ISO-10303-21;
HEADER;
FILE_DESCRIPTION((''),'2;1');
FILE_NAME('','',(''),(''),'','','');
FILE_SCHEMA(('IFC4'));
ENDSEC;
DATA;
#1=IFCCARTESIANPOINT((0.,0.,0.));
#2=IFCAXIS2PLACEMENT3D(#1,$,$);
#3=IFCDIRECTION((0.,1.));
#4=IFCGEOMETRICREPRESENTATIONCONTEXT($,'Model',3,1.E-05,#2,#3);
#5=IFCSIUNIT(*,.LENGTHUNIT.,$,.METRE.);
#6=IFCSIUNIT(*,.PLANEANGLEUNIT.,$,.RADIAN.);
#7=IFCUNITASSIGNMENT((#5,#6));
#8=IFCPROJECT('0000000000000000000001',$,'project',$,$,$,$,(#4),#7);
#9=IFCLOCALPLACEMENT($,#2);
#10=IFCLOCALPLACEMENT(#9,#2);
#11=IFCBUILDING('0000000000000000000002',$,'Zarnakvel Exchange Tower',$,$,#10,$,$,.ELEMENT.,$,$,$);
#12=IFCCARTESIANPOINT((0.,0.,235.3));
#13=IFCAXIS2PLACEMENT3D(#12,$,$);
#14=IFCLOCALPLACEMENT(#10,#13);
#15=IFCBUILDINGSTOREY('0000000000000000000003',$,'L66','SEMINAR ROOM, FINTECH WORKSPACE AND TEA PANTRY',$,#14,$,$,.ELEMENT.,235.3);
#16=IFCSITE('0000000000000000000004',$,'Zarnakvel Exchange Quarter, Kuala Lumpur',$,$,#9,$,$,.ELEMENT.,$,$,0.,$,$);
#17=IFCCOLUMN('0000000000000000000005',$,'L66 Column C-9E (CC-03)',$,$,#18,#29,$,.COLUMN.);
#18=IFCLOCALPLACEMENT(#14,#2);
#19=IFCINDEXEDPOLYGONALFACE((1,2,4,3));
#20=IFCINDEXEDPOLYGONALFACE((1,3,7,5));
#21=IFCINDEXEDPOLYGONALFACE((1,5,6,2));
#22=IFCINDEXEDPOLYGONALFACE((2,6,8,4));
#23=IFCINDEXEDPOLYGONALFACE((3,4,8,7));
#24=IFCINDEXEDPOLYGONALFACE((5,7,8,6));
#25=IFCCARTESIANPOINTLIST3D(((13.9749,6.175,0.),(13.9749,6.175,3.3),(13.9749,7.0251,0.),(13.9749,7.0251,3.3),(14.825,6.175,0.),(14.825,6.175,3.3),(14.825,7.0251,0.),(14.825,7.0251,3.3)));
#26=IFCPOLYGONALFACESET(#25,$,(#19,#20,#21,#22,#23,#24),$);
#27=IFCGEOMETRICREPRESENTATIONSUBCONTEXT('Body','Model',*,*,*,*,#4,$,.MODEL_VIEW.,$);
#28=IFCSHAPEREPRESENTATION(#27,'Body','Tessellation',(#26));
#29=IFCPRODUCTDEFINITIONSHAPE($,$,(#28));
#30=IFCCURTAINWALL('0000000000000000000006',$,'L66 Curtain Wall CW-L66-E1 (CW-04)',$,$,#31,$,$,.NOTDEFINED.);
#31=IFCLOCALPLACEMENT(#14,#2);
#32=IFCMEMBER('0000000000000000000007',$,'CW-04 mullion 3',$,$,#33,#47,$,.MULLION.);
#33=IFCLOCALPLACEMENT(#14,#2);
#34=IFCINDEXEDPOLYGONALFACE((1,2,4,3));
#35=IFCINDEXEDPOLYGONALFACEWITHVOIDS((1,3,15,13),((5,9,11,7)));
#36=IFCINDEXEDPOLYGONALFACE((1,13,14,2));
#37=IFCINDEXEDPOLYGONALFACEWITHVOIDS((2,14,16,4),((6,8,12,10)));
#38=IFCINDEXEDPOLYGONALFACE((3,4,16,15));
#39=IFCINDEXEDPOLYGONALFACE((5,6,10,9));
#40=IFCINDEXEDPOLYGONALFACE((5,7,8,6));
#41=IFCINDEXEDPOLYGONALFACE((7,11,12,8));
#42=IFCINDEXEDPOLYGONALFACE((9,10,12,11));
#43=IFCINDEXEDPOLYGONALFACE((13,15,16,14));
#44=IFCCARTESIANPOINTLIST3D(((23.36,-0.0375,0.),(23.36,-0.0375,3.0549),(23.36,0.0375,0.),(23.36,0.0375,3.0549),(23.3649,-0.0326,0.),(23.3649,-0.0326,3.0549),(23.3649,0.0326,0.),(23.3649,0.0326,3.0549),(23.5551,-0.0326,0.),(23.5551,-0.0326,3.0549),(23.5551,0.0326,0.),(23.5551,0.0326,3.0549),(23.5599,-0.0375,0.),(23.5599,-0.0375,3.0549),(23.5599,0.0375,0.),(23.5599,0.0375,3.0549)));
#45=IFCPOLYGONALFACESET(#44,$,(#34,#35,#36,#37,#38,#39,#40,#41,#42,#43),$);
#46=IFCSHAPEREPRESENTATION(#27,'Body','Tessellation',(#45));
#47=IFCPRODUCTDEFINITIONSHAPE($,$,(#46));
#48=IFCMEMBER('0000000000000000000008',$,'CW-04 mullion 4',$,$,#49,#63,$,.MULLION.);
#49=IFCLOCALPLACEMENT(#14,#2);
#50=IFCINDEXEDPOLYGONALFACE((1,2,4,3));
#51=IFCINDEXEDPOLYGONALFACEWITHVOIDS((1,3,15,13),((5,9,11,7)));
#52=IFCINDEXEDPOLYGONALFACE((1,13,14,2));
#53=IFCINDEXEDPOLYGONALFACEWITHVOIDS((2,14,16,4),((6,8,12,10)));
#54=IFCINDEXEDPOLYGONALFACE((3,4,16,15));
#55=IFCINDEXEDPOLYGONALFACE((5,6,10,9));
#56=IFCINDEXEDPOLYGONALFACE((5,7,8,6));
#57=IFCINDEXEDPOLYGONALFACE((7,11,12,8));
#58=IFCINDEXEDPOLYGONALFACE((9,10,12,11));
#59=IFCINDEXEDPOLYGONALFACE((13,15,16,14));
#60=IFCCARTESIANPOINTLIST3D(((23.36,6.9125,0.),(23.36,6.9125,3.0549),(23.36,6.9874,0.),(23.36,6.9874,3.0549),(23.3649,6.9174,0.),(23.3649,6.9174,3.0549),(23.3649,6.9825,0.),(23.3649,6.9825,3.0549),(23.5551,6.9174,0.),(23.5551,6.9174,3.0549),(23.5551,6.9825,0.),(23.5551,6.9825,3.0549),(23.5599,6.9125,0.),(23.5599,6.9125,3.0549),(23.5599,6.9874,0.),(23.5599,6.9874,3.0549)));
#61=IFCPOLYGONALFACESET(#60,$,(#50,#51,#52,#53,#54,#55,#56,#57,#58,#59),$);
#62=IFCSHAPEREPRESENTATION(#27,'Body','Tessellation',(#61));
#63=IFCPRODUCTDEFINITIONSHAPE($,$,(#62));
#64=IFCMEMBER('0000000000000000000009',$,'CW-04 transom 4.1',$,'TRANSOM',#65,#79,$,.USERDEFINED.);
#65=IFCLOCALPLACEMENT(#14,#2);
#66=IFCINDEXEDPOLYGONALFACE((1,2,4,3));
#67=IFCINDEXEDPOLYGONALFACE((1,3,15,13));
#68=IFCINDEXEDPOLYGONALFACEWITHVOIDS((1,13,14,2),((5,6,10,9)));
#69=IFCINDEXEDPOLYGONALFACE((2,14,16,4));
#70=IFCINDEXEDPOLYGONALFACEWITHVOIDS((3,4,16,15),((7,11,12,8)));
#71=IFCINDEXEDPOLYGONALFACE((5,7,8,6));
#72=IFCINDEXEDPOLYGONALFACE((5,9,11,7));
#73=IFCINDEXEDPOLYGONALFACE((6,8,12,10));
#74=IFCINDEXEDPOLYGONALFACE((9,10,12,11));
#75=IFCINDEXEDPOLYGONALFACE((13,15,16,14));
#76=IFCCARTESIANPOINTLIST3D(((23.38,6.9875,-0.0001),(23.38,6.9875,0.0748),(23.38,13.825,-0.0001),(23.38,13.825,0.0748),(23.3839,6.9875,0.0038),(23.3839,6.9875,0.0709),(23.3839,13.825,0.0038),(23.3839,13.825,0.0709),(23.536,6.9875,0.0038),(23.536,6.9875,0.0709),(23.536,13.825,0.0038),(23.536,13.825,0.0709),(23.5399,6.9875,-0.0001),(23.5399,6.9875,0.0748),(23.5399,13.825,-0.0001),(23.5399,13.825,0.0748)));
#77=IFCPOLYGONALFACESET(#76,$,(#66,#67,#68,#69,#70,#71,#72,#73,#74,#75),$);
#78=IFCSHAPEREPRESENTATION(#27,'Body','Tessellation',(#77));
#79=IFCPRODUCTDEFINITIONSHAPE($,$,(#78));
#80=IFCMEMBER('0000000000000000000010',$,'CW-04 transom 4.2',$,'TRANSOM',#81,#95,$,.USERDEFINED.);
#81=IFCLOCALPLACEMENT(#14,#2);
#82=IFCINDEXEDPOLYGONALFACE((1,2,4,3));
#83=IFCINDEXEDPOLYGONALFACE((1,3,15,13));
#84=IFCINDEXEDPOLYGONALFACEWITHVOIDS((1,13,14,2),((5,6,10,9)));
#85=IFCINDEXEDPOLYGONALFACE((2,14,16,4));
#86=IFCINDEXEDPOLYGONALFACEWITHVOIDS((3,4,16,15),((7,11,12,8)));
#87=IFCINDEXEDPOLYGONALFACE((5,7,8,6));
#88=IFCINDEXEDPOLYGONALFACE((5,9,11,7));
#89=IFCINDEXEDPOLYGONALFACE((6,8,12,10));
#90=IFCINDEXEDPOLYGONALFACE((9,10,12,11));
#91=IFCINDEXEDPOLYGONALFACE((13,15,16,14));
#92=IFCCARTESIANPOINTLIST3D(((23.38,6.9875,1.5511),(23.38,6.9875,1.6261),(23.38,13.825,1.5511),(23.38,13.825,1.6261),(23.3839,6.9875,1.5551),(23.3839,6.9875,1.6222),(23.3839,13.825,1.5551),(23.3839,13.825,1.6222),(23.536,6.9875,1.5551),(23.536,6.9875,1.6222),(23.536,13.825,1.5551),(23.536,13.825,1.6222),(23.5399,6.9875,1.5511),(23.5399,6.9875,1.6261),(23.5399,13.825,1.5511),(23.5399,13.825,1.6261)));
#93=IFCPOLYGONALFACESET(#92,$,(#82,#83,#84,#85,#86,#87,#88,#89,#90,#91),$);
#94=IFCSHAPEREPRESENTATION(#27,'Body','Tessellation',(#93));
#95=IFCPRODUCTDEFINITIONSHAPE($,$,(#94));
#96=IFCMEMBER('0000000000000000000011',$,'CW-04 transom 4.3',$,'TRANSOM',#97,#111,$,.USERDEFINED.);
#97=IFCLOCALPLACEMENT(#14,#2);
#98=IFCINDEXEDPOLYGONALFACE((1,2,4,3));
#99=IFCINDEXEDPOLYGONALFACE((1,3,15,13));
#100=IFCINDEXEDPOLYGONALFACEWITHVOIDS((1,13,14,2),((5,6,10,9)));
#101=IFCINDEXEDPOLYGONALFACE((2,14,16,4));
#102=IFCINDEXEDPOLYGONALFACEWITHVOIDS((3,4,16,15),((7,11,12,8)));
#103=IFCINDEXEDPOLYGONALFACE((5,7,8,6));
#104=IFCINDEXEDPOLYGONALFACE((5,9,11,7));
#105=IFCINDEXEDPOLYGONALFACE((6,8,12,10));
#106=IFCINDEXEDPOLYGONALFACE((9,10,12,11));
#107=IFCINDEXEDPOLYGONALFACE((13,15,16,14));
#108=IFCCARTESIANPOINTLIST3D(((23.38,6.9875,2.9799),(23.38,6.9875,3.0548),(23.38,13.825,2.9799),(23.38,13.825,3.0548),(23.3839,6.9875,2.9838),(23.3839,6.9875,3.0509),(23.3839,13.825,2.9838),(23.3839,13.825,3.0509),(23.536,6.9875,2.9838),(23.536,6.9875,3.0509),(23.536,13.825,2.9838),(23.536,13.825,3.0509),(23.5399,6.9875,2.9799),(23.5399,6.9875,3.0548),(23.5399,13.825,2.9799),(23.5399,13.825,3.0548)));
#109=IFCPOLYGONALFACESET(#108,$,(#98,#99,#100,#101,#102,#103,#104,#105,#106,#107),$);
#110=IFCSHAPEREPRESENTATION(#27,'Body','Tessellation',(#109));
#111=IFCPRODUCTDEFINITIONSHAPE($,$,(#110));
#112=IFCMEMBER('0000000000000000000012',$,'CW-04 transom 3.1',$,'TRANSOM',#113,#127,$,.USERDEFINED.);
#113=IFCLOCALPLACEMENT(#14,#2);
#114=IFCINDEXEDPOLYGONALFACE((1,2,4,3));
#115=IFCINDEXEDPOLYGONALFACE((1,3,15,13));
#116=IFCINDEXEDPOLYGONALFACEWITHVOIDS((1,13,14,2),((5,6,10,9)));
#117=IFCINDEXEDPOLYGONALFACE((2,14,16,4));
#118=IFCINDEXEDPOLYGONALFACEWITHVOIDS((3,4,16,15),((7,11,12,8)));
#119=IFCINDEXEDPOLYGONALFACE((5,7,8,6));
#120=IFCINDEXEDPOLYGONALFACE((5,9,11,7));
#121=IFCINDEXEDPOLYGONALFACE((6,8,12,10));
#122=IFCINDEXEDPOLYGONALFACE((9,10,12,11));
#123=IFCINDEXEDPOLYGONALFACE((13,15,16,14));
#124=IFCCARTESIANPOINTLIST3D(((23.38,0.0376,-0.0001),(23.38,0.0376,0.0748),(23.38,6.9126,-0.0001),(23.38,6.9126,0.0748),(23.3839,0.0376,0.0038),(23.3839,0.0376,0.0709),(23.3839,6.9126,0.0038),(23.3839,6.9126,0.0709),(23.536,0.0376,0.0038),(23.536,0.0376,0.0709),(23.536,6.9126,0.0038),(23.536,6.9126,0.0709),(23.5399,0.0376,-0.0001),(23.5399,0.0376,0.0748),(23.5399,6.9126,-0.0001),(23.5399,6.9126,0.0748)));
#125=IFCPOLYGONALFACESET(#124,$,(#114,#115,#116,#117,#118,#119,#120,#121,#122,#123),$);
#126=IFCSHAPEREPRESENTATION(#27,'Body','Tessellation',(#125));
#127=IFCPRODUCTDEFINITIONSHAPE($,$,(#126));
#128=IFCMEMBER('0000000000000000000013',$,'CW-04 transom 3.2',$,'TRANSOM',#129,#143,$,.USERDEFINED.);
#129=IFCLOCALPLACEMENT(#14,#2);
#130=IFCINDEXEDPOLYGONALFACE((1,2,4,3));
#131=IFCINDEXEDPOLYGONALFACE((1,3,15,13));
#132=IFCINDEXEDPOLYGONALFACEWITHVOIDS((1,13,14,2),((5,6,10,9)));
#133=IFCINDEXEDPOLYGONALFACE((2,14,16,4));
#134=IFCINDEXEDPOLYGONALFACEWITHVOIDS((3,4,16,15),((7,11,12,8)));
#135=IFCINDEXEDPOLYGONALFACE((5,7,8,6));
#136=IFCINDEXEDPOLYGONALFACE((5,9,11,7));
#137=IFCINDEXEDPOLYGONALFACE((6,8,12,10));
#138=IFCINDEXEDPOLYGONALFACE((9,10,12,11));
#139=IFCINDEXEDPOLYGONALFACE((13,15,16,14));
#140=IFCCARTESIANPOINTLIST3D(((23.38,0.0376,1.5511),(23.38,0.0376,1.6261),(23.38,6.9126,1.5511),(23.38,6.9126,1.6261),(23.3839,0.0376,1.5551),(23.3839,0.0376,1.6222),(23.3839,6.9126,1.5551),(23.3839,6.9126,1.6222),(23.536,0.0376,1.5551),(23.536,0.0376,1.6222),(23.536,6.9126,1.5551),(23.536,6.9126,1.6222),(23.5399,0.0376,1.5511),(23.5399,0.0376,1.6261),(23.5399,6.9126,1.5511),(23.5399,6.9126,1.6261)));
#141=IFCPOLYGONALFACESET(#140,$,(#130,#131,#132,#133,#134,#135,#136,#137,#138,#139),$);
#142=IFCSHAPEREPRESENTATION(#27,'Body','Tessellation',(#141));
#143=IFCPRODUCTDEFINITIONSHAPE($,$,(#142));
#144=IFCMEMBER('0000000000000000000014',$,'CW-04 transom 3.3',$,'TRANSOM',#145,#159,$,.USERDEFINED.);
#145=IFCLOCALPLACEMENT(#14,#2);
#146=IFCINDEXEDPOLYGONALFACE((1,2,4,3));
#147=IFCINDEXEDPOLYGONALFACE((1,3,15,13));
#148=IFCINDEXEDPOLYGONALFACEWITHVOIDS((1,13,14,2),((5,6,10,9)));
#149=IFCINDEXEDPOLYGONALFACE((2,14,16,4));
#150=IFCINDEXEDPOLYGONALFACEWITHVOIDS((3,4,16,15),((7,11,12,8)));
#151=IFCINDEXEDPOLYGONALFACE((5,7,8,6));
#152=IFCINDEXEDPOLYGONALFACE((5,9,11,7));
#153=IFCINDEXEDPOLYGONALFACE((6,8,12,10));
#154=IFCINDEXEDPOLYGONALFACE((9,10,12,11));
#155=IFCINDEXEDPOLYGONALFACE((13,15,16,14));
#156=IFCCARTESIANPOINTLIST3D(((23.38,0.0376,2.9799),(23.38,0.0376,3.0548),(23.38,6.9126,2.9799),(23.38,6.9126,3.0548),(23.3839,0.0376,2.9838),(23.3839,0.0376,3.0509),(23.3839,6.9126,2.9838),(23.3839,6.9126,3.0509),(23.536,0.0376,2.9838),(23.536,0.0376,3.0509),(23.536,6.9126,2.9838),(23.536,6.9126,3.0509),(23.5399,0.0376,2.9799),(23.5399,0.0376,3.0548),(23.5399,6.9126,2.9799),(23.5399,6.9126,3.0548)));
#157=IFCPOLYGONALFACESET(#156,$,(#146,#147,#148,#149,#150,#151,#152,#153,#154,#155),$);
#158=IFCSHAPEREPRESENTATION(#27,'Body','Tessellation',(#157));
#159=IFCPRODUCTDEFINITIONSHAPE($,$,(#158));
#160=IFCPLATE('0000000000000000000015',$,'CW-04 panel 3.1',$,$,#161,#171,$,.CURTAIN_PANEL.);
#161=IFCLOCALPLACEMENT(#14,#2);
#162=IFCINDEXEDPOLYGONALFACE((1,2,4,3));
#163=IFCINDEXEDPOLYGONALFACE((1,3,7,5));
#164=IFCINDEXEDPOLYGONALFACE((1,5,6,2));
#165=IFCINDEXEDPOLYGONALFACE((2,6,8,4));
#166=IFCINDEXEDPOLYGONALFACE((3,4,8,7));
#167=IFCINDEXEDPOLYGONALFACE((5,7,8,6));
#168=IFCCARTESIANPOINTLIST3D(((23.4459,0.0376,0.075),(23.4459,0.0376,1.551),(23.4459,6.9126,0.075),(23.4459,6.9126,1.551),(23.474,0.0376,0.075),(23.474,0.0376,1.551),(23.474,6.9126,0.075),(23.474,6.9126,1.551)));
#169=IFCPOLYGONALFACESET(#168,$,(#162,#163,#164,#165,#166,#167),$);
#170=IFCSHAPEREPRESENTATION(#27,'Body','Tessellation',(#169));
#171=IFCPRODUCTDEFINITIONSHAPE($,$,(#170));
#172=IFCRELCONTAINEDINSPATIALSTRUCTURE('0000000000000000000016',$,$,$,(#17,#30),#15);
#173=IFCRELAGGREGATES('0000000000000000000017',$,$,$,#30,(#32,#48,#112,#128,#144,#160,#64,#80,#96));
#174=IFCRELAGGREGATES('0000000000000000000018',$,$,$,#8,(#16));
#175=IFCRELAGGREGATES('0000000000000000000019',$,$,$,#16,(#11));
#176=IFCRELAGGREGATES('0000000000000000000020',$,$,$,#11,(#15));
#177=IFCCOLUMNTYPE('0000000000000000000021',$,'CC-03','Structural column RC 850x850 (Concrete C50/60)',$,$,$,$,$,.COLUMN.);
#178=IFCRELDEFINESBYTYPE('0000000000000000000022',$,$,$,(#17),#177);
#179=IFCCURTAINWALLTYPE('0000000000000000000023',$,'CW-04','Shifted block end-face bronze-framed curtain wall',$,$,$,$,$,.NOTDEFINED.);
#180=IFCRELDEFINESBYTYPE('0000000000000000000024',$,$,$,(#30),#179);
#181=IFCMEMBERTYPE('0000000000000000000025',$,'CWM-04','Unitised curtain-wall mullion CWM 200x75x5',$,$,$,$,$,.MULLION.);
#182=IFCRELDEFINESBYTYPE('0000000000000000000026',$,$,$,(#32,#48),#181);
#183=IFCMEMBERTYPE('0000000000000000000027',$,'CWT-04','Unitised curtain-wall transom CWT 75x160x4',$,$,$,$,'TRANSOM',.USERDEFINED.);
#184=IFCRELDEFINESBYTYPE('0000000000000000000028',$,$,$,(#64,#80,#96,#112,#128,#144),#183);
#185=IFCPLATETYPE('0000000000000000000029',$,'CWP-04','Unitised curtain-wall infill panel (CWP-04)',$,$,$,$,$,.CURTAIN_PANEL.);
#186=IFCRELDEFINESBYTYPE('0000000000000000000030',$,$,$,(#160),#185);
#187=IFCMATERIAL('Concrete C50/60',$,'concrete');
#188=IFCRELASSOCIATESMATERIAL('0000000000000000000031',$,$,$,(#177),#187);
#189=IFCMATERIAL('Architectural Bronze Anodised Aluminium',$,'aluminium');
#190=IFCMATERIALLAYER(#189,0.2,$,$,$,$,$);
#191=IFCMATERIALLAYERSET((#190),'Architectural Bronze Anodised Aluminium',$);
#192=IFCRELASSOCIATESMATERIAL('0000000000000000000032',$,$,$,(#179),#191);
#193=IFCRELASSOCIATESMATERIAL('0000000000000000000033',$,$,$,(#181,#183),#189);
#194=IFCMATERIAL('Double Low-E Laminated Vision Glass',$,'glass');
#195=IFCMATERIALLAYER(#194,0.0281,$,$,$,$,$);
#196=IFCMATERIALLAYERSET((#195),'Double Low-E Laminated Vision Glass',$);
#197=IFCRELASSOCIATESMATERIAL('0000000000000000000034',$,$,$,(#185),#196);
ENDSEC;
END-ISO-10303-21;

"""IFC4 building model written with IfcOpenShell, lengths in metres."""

from ifc_helpers import new_model, si_unit, direction, frame, origin, origin_2d, place, context, subcontext, project, spatial, rectangle, hollow_rectangle, extrude, source, transform, mapped, material, layer, layer_set, material_profile, profile_set, type_object, element, aggregate, save


model = new_model("IFC4")

# Units and contexts
model_context = context("Model", 3, precision=1e-05, world=origin(), true_north=direction((0.0, 1.0)))
body_context = subcontext(model_context, "Body", "Model", "MODEL_VIEW")
ifc_project = project(units=[si_unit("LENGTHUNIT", "METRE"), si_unit("PLANEANGLEUNIT", "RADIAN")], contexts=[model_context])

# Site, building, storey
site_placement = place(None, origin())
site = spatial("IfcSite", under=ifc_project, at=site_placement, Name="Zarnakvel Exchange Quarter, Kuala Lumpur", CompositionType="ELEMENT", RefElevation=0.0)
building_placement = place(site_placement, origin())
building = spatial("IfcBuilding", under=site, at=building_placement, Name="Zarnakvel Exchange Tower", CompositionType="ELEMENT")
storey_placement = place(building_placement, frame((0.0, 0.0, 235.3)))
storey = spatial("IfcBuildingStorey", under=building, at=storey_placement, Name="L66", Description="SEMINAR ROOM, FINTECH WORKSPACE AND TEA PANTRY", CompositionType="ELEMENT", Elevation=235.3)

# Column
ifc_material_1 = material(Name="Concrete C50/60", Category="concrete")
ifc_material_profile_1 = material_profile(ifc_material_1, rectangle(XDim=0.8501, YDim=0.8501, at=origin_2d()))
ifc_profile_set_1 = profile_set([ifc_material_profile_1], Name="Concrete C50/60")
column_type = type_object("IfcColumnType", Name="CC-03", Description="Structural column RC 850x850 (Concrete C50/60)", PredefinedType="COLUMN", material=ifc_profile_set_1)
column_placement = place(storey_placement, frame((14.3999, 6.6001, 0.0), z_axis=(0.0, 0.0, 1.0), x_axis=(1.0, 0.0, 0.0)))
element("IfcColumn", 1, at=column_placement, inside=storey, type_object=column_type, Name="L66 Column C-9E (CC-03)", PredefinedType="COLUMN", context=body_context, shape_type="SweptSolid", body=[
    extrude(rectangle(XDim=0.8501, YDim=0.8501, at=origin_2d()), origin(), (0.0, 0.0, 1.0), 3.3),
])

# Curtain wall, members, plate
ifc_material_2 = material(Name="Architectural Bronze Anodised Aluminium", Category="aluminium")
ifc_layer_1 = layer(ifc_material_2, 0.2)
ifc_layer_set_1 = layer_set([ifc_layer_1], Name="Architectural Bronze Anodised Aluminium")
curtain_wall_type = type_object("IfcCurtainWallType", Name="CW-04", Description="Shifted block end-face bronze-framed curtain wall", PredefinedType="NOTDEFINED", material=ifc_layer_set_1)
curtain_wall_placement = place(storey_placement, origin())
curtain_wall = element("IfcCurtainWall", 2, at=curtain_wall_placement, inside=storey, type_object=curtain_wall_type, Name="L66 Curtain Wall CW-L66-E1 (CW-04)", PredefinedType="NOTDEFINED")
ifc_material_profile_2 = material_profile(ifc_material_2, hollow_rectangle(XDim=0.2, YDim=0.075, WallThickness=0.0049, at=origin_2d()))
ifc_profile_set_2 = profile_set([ifc_material_profile_2], Name="Architectural Bronze Anodised Aluminium")
member_type_1 = type_object("IfcMemberType", Name="CWM-04", Description="Unitised curtain-wall mullion CWM 200x75x5", PredefinedType="MULLION", material=ifc_profile_set_2)
shared_shape_1 = source(origin(), body_context, "Body", "SweptSolid", [
    extrude(hollow_rectangle(XDim=0.2, YDim=0.075, WallThickness=0.0049, at=origin_2d()), origin(), (0.0, 0.0, 1.0), 3.0549),
])
member_1_placement = place(storey_placement, frame((23.46, 0.0, 0.0), z_axis=(0.0, 0.0, 1.0), x_axis=(-1.0, 0.0, 0.0)))
member_1 = element("IfcMember", 3, at=member_1_placement, type_object=member_type_1, Name="CW-04 mullion 3", PredefinedType="MULLION", context=body_context, shape_type="MappedRepresentation", body=[
    mapped(shared_shape_1, transform((0.0, 0.0, 0.0), x_axis=(1.0, 0.0, 0.0), y_axis=(0.0, 1.0, 0.0), z_axis=(0.0, 0.0, 1.0), scale=1.0)),
])
member_2_placement = place(storey_placement, frame((23.46, 6.95, 0.0), z_axis=(0.0, 0.0, 1.0), x_axis=(-1.0, 0.0, 0.0)))
member_2 = element("IfcMember", 4, at=member_2_placement, type_object=member_type_1, Name="CW-04 mullion 4", PredefinedType="MULLION", context=body_context, shape_type="MappedRepresentation", body=[
    mapped(shared_shape_1, transform((0.0, 0.0, 0.0), x_axis=(1.0, 0.0, 0.0), y_axis=(0.0, 1.0, 0.0), z_axis=(0.0, 0.0, 1.0), scale=1.0)),
])
ifc_material_profile_3 = material_profile(ifc_material_2, hollow_rectangle(XDim=0.1599, YDim=0.075, WallThickness=0.0039, at=origin_2d()))
ifc_profile_set_3 = profile_set([ifc_material_profile_3], Name="Architectural Bronze Anodised Aluminium")
member_type_2 = type_object("IfcMemberType", Name="CWT-04", Description="Unitised curtain-wall transom CWT 75x160x4", ElementType="TRANSOM", PredefinedType="USERDEFINED", material=ifc_profile_set_3)
shared_shape_2 = source(origin(), body_context, "Body", "SweptSolid", [
    extrude(hollow_rectangle(XDim=0.1599, YDim=0.075, WallThickness=0.0039, at=origin_2d()), origin(), (0.0, 0.0, 1.0), 6.8374),
])
member_3_placement = place(storey_placement, frame((23.46, 6.9875, 0.0374), z_axis=(0.0, 1.0, 0.0), x_axis=(-1.0, 0.0, 0.0)))
member_3 = element("IfcMember", 5, at=member_3_placement, type_object=member_type_2, Name="CW-04 transom 4.1", ObjectType="TRANSOM", PredefinedType="USERDEFINED", context=body_context, shape_type="MappedRepresentation", body=[
    mapped(shared_shape_2, transform((0.0, 0.0, 0.0), x_axis=(1.0, 0.0, 0.0), y_axis=(0.0, 1.0, 0.0), z_axis=(0.0, 0.0, 1.0), scale=1.0)),
])
member_4_placement = place(storey_placement, frame((23.46, 6.9875, 1.5886), z_axis=(0.0, 1.0, 0.0), x_axis=(-1.0, 0.0, 0.0)))
member_4 = element("IfcMember", 6, at=member_4_placement, type_object=member_type_2, Name="CW-04 transom 4.2", ObjectType="TRANSOM", PredefinedType="USERDEFINED", context=body_context, shape_type="MappedRepresentation", body=[
    mapped(shared_shape_2, transform((0.0, 0.0, 0.0), x_axis=(1.0, 0.0, 0.0), y_axis=(0.0, 1.0, 0.0), z_axis=(0.0, 0.0, 1.0), scale=1.0)),
])
member_5_placement = place(storey_placement, frame((23.46, 6.9875, 3.0173), z_axis=(0.0, 1.0, 0.0), x_axis=(-1.0, 0.0, 0.0)))
member_5 = element("IfcMember", 7, at=member_5_placement, type_object=member_type_2, Name="CW-04 transom 4.3", ObjectType="TRANSOM", PredefinedType="USERDEFINED", context=body_context, shape_type="MappedRepresentation", body=[
    mapped(shared_shape_2, transform((0.0, 0.0, 0.0), x_axis=(1.0, 0.0, 0.0), y_axis=(0.0, 1.0, 0.0), z_axis=(0.0, 0.0, 1.0), scale=1.0)),
])
shared_shape_3 = source(origin(), body_context, "Body", "SweptSolid", [
    extrude(hollow_rectangle(XDim=0.1599, YDim=0.075, WallThickness=0.0039, at=origin_2d()), origin(), (0.0, 0.0, 1.0), 6.875),
])
member_6_placement = place(storey_placement, frame((23.46, 0.0376, 0.0374), z_axis=(0.0, 1.0, 0.0), x_axis=(-1.0, 0.0, 0.0)))
member_6 = element("IfcMember", 8, at=member_6_placement, type_object=member_type_2, Name="CW-04 transom 3.1", ObjectType="TRANSOM", PredefinedType="USERDEFINED", context=body_context, shape_type="MappedRepresentation", body=[
    mapped(shared_shape_3, transform((0.0, 0.0, 0.0), x_axis=(1.0, 0.0, 0.0), y_axis=(0.0, 1.0, 0.0), z_axis=(0.0, 0.0, 1.0), scale=1.0)),
])
member_7_placement = place(storey_placement, frame((23.46, 0.0376, 1.5886), z_axis=(0.0, 1.0, 0.0), x_axis=(-1.0, 0.0, 0.0)))
member_7 = element("IfcMember", 9, at=member_7_placement, type_object=member_type_2, Name="CW-04 transom 3.2", ObjectType="TRANSOM", PredefinedType="USERDEFINED", context=body_context, shape_type="MappedRepresentation", body=[
    mapped(shared_shape_3, transform((0.0, 0.0, 0.0), x_axis=(1.0, 0.0, 0.0), y_axis=(0.0, 1.0, 0.0), z_axis=(0.0, 0.0, 1.0), scale=1.0)),
])
member_8_placement = place(storey_placement, frame((23.46, 0.0376, 3.0173), z_axis=(0.0, 1.0, 0.0), x_axis=(-1.0, 0.0, 0.0)))
member_8 = element("IfcMember", 10, at=member_8_placement, type_object=member_type_2, Name="CW-04 transom 3.3", ObjectType="TRANSOM", PredefinedType="USERDEFINED", context=body_context, shape_type="MappedRepresentation", body=[
    mapped(shared_shape_3, transform((0.0, 0.0, 0.0), x_axis=(1.0, 0.0, 0.0), y_axis=(0.0, 1.0, 0.0), z_axis=(0.0, 0.0, 1.0), scale=1.0)),
])
ifc_material_3 = material(Name="Double Low-E Laminated Vision Glass", Category="glass")
ifc_layer_2 = layer(ifc_material_3, 0.0281)
ifc_layer_set_2 = layer_set([ifc_layer_2], Name="Double Low-E Laminated Vision Glass")
plate_type = type_object("IfcPlateType", Name="CWP-04", Description="Unitised curtain-wall infill panel (CWP-04)", PredefinedType="CURTAIN_PANEL", material=ifc_layer_set_2)
shared_shape_4 = source(origin(), body_context, "Body", "SweptSolid", [
    extrude(rectangle(XDim=6.875, YDim=0.0281, at=origin_2d()), origin(), (0.0, 0.0, 1.0), 1.4761),
])
plate_1_placement = place(storey_placement, frame((23.46, 3.4751, 0.075), z_axis=(0.0, 0.0, 1.0), x_axis=(0.0, 1.0, 0.0)))
plate_1 = element("IfcPlate", 11, at=plate_1_placement, type_object=plate_type, Name="CW-04 panel 3.1", PredefinedType="CURTAIN_PANEL", context=body_context, shape_type="MappedRepresentation", body=[
    mapped(shared_shape_4, transform((0.0, 0.0, 0.0), x_axis=(1.0, 0.0, 0.0), y_axis=(0.0, 1.0, 0.0), z_axis=(0.0, 0.0, 1.0), scale=1.0)),
])
aggregate(curtain_wall, [member_1, member_2, member_6, member_7, member_8, plate_1, member_3, member_4, member_5])

save(model, "model.ifc")
